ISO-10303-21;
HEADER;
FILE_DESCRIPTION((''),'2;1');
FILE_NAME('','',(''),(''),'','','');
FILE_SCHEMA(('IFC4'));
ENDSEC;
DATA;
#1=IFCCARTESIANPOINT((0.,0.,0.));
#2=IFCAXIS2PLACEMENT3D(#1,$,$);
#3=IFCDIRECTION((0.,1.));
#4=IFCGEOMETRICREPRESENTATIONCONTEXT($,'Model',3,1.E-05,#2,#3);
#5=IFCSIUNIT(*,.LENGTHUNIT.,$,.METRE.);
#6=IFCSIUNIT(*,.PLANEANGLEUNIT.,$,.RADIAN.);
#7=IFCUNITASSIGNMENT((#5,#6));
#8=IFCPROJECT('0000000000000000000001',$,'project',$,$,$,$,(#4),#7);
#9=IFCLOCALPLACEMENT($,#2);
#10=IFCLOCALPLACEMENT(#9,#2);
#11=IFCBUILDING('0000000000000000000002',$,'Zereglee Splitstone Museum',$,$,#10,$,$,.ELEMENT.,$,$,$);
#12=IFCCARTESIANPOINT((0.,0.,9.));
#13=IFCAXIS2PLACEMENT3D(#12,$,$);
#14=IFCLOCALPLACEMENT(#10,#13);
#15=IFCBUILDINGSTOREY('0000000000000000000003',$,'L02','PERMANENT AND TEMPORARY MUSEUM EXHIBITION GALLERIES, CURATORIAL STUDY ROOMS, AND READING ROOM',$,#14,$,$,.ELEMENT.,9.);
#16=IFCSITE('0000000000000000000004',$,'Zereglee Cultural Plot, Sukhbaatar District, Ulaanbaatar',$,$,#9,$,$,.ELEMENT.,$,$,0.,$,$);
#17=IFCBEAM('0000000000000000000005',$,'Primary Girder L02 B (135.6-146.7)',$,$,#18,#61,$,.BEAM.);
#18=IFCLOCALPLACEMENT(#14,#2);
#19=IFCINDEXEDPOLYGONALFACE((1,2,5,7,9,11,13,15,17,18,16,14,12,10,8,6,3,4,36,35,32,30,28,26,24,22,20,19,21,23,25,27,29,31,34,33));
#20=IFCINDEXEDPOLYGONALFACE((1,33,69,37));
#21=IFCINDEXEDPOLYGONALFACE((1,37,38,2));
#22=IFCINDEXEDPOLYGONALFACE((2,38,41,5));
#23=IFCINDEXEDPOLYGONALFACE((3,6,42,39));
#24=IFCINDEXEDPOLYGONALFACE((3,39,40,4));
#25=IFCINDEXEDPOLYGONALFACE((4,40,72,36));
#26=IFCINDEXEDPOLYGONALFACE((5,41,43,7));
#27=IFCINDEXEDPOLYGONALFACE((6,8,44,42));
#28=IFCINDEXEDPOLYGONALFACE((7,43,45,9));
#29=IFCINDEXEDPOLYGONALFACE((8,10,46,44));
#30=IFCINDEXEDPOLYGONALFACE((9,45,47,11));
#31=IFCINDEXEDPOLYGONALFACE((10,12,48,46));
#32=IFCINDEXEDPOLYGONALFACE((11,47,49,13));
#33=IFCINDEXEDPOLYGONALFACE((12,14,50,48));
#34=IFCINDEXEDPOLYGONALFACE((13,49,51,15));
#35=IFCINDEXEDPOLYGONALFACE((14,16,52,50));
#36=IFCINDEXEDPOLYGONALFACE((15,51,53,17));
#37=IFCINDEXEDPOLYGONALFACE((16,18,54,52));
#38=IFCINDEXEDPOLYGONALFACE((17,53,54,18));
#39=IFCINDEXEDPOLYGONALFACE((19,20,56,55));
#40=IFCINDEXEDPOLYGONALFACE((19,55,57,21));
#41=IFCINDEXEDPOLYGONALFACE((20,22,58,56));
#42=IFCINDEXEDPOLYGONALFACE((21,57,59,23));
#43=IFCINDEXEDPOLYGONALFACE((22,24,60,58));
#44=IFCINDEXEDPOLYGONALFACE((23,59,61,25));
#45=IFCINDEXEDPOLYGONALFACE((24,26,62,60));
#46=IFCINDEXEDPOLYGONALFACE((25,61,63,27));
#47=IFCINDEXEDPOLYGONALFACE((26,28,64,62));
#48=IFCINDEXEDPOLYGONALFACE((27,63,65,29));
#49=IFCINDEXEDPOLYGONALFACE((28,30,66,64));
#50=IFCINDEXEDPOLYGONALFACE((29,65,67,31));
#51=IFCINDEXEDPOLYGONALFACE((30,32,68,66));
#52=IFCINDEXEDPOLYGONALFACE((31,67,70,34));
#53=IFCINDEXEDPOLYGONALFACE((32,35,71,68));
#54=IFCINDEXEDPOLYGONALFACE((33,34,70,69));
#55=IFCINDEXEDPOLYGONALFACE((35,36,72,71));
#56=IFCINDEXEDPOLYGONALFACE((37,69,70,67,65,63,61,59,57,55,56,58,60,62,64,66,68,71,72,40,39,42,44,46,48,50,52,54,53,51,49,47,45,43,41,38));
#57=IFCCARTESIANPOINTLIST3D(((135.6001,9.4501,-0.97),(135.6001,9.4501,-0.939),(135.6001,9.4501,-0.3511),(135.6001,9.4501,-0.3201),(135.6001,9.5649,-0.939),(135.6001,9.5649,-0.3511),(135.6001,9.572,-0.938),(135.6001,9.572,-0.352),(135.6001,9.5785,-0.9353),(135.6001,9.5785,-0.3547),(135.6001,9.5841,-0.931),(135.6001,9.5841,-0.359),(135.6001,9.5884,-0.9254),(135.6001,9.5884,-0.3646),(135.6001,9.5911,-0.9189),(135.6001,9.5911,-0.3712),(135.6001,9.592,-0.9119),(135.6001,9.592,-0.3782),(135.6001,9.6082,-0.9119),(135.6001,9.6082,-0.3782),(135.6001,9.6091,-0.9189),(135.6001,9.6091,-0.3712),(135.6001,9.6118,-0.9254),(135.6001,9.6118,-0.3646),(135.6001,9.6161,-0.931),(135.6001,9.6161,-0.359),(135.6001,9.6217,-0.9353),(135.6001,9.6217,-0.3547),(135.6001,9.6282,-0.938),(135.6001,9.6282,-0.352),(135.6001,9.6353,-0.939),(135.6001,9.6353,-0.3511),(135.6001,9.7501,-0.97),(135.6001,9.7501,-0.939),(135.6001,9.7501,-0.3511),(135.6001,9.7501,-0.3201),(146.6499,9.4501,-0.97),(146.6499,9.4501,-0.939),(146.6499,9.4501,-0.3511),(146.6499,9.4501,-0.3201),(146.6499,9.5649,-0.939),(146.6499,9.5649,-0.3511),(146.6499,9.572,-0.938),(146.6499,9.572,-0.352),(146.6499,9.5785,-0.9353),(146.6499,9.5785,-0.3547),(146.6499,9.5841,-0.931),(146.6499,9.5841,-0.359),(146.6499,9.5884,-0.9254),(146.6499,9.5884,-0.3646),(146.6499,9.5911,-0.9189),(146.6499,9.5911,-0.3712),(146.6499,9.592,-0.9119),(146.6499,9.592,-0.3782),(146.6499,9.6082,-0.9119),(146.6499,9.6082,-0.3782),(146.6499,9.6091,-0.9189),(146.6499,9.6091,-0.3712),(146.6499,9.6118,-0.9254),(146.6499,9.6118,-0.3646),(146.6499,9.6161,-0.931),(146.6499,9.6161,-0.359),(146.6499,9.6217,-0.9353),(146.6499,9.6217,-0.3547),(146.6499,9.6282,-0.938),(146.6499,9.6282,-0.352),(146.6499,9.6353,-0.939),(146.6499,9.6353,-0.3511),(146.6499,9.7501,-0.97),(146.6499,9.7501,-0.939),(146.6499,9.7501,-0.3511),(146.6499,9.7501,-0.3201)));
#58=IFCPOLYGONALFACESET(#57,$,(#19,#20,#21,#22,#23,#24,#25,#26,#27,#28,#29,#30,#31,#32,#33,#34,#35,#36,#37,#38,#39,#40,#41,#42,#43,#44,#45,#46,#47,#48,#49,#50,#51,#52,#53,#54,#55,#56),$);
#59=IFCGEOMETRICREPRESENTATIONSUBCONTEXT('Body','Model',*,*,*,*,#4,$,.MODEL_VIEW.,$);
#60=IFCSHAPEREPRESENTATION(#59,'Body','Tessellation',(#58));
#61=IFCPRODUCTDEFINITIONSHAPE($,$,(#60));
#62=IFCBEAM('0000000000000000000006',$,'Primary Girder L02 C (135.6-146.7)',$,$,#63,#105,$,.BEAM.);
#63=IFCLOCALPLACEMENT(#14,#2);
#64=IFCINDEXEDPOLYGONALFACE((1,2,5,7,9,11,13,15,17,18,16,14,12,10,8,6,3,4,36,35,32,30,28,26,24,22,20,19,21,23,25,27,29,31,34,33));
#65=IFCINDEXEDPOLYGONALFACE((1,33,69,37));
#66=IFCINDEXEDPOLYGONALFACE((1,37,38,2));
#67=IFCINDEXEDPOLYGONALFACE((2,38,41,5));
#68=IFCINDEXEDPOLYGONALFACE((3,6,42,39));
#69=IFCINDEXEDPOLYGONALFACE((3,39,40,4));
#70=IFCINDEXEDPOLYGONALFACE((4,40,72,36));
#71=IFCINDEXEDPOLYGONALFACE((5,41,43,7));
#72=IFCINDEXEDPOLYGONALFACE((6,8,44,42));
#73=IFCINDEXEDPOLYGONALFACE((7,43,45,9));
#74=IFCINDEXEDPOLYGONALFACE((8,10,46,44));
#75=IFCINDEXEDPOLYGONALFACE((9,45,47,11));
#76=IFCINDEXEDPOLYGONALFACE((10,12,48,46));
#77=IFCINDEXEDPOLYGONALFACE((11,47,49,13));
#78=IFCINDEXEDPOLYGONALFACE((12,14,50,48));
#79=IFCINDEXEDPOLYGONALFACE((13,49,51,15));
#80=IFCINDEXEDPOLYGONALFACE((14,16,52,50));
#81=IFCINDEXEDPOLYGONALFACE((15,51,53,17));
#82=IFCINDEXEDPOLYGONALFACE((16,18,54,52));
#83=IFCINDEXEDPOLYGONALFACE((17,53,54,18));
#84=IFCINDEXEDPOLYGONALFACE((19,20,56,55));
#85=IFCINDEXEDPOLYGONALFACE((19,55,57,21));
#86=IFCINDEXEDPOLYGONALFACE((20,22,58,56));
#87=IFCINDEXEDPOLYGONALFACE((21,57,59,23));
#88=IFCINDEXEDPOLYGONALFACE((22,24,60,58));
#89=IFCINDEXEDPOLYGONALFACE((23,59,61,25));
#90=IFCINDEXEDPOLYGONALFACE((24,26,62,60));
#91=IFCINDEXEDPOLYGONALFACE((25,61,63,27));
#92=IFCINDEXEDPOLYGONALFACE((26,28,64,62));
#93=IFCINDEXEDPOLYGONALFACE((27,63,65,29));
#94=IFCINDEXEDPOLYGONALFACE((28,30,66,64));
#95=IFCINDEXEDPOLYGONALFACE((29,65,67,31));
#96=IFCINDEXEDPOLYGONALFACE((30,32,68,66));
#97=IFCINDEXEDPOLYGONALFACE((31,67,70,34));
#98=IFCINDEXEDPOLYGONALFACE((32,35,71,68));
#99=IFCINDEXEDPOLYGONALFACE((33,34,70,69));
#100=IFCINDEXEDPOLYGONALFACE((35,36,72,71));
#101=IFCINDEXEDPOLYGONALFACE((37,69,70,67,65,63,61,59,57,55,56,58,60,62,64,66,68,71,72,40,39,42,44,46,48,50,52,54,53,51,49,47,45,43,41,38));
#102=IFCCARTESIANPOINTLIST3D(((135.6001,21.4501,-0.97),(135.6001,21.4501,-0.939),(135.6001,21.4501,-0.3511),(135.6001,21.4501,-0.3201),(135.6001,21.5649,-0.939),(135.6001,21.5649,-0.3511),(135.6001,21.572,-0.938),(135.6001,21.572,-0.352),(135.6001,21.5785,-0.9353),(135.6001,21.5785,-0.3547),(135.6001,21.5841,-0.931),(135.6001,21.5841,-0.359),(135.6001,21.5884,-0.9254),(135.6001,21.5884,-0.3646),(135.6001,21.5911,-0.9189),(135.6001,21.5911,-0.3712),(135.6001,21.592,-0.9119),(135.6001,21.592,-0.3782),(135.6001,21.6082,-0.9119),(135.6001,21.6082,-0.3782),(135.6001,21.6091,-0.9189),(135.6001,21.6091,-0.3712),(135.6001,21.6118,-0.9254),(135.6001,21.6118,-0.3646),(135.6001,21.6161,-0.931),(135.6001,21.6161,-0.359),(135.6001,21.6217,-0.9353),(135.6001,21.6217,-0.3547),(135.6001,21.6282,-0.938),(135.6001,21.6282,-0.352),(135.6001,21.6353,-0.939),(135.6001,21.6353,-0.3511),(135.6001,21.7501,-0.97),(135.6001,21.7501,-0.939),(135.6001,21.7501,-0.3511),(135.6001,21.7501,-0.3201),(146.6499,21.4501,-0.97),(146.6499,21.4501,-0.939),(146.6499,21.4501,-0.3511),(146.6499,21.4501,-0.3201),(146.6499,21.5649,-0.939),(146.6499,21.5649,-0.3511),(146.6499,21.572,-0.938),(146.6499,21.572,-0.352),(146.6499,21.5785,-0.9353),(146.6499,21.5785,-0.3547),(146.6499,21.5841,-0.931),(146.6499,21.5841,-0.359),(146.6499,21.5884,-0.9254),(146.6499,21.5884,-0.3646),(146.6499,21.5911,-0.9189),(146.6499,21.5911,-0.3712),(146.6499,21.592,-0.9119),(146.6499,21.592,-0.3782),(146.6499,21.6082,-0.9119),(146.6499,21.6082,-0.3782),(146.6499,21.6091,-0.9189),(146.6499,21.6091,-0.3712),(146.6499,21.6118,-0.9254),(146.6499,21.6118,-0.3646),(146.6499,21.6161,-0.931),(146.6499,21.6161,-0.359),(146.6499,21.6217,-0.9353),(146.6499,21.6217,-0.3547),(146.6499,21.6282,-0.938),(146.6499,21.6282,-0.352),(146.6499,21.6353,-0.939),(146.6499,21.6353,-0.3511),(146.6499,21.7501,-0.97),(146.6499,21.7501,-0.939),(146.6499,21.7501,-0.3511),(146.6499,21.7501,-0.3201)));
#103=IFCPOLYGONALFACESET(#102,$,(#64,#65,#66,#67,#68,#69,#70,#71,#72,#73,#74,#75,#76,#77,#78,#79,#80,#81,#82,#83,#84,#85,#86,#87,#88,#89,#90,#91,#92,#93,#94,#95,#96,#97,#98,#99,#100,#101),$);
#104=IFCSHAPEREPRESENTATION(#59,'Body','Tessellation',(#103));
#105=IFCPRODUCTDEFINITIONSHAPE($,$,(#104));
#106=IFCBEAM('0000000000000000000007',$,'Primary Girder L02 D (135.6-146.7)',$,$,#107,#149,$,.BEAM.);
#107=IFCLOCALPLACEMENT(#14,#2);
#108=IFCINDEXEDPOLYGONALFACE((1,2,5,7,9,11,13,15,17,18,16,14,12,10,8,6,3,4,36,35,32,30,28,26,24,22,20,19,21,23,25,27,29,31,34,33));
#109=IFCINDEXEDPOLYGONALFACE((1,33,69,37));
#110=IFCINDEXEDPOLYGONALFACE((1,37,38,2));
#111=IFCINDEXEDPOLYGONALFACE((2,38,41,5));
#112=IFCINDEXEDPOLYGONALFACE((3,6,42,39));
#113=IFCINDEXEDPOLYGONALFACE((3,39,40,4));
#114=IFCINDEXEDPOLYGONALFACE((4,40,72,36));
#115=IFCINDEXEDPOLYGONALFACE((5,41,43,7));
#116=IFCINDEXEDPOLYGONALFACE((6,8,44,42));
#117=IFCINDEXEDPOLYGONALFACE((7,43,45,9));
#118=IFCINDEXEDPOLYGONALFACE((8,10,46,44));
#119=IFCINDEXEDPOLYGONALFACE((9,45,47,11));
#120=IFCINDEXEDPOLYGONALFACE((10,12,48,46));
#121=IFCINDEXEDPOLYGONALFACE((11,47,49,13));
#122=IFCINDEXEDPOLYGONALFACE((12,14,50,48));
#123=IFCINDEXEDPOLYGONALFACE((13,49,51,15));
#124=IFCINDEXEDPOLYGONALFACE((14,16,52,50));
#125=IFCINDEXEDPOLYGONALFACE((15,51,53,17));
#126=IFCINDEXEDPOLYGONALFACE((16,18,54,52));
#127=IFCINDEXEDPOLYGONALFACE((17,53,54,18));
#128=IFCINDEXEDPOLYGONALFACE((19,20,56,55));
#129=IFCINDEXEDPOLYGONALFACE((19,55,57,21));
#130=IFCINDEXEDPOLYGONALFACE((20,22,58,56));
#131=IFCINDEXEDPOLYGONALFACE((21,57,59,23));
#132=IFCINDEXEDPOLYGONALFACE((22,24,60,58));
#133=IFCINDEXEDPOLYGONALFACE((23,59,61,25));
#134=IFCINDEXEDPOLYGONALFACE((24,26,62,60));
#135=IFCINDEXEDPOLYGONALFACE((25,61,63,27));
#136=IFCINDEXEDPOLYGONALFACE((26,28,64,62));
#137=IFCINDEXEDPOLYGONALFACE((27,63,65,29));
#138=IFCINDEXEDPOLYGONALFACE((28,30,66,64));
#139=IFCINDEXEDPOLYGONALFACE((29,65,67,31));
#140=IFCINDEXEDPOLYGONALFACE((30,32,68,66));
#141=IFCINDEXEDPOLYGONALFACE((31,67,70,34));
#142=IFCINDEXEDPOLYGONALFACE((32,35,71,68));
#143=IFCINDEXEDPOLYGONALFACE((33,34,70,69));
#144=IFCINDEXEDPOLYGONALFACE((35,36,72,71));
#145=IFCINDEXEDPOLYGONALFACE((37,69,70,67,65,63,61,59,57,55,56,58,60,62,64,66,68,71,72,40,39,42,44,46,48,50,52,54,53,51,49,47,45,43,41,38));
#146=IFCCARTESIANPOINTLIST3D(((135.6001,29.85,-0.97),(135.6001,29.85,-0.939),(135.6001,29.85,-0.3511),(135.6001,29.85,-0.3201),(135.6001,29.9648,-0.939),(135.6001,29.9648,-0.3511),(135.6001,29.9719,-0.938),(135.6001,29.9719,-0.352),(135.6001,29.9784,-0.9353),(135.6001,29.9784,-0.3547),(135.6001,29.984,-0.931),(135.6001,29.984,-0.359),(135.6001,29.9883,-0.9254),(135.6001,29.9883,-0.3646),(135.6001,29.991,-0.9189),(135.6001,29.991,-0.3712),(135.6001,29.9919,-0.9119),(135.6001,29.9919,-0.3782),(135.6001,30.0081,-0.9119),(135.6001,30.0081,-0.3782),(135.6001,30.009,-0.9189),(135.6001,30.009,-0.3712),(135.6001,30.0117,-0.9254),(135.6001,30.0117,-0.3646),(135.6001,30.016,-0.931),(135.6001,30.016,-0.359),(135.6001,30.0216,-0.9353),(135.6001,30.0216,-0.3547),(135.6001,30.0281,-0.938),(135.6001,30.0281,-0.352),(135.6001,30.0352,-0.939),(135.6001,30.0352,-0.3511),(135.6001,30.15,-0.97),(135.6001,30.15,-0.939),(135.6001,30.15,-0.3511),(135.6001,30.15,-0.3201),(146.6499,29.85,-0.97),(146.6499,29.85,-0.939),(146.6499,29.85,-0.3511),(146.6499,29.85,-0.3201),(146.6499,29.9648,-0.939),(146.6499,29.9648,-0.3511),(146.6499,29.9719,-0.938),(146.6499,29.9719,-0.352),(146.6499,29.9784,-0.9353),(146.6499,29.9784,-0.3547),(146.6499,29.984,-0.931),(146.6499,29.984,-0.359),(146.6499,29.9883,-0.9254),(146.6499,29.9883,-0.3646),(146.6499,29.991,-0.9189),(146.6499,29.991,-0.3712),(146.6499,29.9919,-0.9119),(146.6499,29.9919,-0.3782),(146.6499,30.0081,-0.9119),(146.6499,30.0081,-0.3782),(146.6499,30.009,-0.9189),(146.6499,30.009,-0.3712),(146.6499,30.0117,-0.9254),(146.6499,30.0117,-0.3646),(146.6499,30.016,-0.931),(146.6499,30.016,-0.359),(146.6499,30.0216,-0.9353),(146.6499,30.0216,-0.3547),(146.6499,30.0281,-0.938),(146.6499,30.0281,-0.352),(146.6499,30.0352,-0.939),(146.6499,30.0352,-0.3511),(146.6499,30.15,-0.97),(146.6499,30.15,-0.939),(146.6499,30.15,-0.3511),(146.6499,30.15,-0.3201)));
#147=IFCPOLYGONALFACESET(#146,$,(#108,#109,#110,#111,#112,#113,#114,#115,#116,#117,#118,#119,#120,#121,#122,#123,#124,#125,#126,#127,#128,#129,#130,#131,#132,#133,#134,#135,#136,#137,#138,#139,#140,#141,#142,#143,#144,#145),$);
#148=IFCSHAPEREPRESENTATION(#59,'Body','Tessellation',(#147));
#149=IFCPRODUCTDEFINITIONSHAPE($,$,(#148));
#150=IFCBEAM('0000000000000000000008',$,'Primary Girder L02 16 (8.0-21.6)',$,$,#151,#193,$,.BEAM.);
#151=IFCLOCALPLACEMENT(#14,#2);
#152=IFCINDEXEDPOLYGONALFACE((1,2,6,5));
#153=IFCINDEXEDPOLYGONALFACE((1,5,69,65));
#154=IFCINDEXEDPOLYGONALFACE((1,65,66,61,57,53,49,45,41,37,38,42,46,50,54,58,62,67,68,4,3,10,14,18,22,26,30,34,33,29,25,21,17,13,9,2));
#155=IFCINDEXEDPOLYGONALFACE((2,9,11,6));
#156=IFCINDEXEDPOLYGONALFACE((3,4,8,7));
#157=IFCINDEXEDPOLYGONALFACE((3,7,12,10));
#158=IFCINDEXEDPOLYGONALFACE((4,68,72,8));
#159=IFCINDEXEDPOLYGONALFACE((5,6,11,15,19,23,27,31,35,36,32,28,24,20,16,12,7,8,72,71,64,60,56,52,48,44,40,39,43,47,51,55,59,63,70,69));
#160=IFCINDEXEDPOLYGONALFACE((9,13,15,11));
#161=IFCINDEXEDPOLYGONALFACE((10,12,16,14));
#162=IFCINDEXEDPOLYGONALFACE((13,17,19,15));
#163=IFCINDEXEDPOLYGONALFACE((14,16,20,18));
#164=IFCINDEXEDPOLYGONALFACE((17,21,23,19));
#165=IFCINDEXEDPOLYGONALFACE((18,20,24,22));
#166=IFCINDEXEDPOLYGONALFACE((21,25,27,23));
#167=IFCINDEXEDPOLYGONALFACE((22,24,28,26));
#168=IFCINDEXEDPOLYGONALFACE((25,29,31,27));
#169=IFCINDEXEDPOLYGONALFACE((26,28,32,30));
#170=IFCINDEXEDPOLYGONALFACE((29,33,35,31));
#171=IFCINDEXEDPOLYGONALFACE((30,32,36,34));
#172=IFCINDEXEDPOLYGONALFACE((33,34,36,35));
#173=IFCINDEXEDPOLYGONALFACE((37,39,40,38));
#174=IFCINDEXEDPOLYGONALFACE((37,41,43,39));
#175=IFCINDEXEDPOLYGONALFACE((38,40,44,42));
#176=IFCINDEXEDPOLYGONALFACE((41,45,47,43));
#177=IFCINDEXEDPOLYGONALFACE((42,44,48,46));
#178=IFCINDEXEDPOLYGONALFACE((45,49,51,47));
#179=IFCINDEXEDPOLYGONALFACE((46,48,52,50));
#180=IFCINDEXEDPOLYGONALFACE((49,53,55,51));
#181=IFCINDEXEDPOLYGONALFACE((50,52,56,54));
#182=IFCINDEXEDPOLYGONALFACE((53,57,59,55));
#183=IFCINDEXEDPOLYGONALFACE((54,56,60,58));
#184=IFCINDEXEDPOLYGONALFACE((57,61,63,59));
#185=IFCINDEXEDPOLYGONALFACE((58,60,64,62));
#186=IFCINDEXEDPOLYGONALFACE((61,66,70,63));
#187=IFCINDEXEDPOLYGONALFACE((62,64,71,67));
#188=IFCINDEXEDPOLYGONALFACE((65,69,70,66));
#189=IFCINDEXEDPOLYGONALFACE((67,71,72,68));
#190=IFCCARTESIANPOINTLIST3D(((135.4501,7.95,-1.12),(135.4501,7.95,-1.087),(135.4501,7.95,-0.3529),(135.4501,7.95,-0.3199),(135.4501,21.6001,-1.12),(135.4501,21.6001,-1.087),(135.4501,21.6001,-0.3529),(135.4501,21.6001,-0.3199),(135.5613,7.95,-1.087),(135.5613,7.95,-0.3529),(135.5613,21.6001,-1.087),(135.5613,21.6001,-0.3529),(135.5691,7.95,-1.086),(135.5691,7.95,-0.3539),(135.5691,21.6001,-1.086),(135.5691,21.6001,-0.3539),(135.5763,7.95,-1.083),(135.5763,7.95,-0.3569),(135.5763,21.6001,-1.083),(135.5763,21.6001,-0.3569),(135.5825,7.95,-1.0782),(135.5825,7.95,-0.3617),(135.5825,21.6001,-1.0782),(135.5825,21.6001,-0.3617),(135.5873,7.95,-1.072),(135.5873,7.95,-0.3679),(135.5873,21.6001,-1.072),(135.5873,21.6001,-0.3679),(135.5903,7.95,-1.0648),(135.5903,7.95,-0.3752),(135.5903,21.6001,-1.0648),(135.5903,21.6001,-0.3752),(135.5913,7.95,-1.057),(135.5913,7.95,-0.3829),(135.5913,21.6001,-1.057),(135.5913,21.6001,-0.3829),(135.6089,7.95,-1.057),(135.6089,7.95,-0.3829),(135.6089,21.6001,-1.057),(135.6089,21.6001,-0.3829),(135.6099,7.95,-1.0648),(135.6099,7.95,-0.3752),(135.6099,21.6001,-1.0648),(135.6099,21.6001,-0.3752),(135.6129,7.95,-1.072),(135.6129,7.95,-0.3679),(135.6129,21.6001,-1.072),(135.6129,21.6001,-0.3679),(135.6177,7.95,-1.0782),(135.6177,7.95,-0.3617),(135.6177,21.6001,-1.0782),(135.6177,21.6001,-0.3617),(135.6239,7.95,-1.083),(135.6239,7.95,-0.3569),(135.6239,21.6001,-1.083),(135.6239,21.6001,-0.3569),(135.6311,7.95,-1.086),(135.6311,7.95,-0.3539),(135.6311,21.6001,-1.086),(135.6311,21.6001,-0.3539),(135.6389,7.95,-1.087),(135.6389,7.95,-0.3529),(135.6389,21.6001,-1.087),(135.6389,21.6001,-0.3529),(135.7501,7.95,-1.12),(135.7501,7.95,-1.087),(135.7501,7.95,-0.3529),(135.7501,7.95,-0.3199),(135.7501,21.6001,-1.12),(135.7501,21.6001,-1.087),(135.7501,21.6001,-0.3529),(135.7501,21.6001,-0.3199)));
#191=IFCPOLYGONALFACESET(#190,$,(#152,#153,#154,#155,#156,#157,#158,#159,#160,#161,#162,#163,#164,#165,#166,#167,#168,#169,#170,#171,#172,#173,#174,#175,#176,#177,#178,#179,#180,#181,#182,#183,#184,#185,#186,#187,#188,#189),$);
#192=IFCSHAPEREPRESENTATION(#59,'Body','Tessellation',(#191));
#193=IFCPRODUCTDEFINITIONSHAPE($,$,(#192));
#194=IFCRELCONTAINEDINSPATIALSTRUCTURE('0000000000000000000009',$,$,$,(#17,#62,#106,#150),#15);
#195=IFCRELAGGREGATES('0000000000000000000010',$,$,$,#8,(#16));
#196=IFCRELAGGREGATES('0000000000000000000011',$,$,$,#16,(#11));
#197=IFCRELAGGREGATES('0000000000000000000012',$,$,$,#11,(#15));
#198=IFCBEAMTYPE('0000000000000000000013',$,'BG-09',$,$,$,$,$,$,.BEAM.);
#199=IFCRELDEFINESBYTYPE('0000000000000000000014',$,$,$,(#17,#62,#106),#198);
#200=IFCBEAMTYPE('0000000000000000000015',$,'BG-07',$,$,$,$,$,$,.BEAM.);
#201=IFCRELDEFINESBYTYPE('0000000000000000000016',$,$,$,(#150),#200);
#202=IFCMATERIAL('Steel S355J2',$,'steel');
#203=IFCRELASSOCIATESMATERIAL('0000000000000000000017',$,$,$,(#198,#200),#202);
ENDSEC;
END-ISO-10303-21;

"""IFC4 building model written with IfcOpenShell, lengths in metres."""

from ifc_helpers import new_model, si_unit, direction, frame, origin, origin_2d, place, context, subcontext, project, spatial, i_section, extrude, material, material_profile, profile_set, type_object, element, save


model = new_model("IFC4")

# Units and contexts
model_context = context("Model", 3, precision=1e-05, world=origin(), true_north=direction((0.0, 1.0)))
body_context = subcontext(model_context, "Body", "Model", "MODEL_VIEW")
ifc_project = project(units=[si_unit("LENGTHUNIT", "METRE"), si_unit("PLANEANGLEUNIT", "RADIAN")], contexts=[model_context])

# Site, building, storey
site_placement = place(None, origin())
site = spatial("IfcSite", under=ifc_project, at=site_placement, Name="Zereglee Cultural Plot, Sukhbaatar District, Ulaanbaatar", CompositionType="ELEMENT", RefElevation=0.0)
building_placement = place(site_placement, origin())
building = spatial("IfcBuilding", under=site, at=building_placement, Name="Zereglee Splitstone Museum", CompositionType="ELEMENT")
storey_placement = place(building_placement, frame((0.0, 0.0, 9.0)))
storey = spatial("IfcBuildingStorey", under=building, at=storey_placement, Name="L02", Description="PERMANENT AND TEMPORARY MUSEUM EXHIBITION GALLERIES, CURATORIAL STUDY ROOMS, AND READING ROOM", CompositionType="ELEMENT", Elevation=9.0)

# Shared definitions
ifc_material_1 = material(Name="Steel S355J2", Category="steel")

# Beams
ifc_material_profile_1 = material_profile(ifc_material_1, i_section(OverallWidth=0.3, OverallDepth=0.6499, WebThickness=0.0161, FlangeThickness=0.031, FilletRadius=0.0271, at=origin_2d()), Name="HE 650 B")
ifc_profile_set_1 = profile_set([ifc_material_profile_1], Name="Steel S355J2")
beam_type_1 = type_object("IfcBeamType", Name="BG-09", PredefinedType="BEAM", material=ifc_profile_set_1)
for number, where, z_axis, x_axis, name in (
    (1, (135.6001, 9.6001, -0.645), (1.0, 0.0, 0.0), (0.0, 1.0, 0.0), "Primary Girder L02 B (135.6-146.7)"),
    (2, (135.6001, 21.6001, -0.645), (1.0, 0.0, 0.0), (0.0, 1.0, 0.0), "Primary Girder L02 C (135.6-146.7)"),
    (3, (135.6001, 30.0, -0.645), (1.0, 0.0, 0.0), (0.0, 1.0, 0.0), "Primary Girder L02 D (135.6-146.7)"),
):
    element("IfcBeam", number, at=place(storey_placement, frame(where, z_axis=z_axis, x_axis=x_axis)), inside=storey, type_object=beam_type_1, Name=name, PredefinedType="BEAM", context=body_context, shape_type="SweptSolid", body=[
        extrude(i_section(OverallWidth=0.3, OverallDepth=0.6499, WebThickness=0.0161, FlangeThickness=0.031, FilletRadius=0.0271, at=origin_2d()), origin(), (0.0, 0.0, 1.0), 11.0498),
    ])
ifc_material_profile_2 = material_profile(ifc_material_1, i_section(OverallWidth=0.3, OverallDepth=0.8, WebThickness=0.0176, FlangeThickness=0.033, FilletRadius=0.03, at=origin_2d()), Name="HE 800 B")
ifc_profile_set_2 = profile_set([ifc_material_profile_2], Name="Steel S355J2")
beam_type_2 = type_object("IfcBeamType", Name="BG-07", PredefinedType="BEAM", material=ifc_profile_set_2)
for number, where, z_axis, x_axis, name in (
    (4, (135.6001, 7.95, -0.72), (0.0, 1.0, 0.0), (-1.0, 0.0, 0.0), "Primary Girder L02 16 (8.0-21.6)"),
):
    element("IfcBeam", number, at=place(storey_placement, frame(where, z_axis=z_axis, x_axis=x_axis)), inside=storey, type_object=beam_type_2, Name=name, PredefinedType="BEAM", context=body_context, shape_type="SweptSolid", body=[
        extrude(i_section(OverallWidth=0.3, OverallDepth=0.8, WebThickness=0.0176, FlangeThickness=0.033, FilletRadius=0.03, at=origin_2d()), origin(), (0.0, 0.0, 1.0), 13.6501),
    ])

save(model, "model.ifc")
